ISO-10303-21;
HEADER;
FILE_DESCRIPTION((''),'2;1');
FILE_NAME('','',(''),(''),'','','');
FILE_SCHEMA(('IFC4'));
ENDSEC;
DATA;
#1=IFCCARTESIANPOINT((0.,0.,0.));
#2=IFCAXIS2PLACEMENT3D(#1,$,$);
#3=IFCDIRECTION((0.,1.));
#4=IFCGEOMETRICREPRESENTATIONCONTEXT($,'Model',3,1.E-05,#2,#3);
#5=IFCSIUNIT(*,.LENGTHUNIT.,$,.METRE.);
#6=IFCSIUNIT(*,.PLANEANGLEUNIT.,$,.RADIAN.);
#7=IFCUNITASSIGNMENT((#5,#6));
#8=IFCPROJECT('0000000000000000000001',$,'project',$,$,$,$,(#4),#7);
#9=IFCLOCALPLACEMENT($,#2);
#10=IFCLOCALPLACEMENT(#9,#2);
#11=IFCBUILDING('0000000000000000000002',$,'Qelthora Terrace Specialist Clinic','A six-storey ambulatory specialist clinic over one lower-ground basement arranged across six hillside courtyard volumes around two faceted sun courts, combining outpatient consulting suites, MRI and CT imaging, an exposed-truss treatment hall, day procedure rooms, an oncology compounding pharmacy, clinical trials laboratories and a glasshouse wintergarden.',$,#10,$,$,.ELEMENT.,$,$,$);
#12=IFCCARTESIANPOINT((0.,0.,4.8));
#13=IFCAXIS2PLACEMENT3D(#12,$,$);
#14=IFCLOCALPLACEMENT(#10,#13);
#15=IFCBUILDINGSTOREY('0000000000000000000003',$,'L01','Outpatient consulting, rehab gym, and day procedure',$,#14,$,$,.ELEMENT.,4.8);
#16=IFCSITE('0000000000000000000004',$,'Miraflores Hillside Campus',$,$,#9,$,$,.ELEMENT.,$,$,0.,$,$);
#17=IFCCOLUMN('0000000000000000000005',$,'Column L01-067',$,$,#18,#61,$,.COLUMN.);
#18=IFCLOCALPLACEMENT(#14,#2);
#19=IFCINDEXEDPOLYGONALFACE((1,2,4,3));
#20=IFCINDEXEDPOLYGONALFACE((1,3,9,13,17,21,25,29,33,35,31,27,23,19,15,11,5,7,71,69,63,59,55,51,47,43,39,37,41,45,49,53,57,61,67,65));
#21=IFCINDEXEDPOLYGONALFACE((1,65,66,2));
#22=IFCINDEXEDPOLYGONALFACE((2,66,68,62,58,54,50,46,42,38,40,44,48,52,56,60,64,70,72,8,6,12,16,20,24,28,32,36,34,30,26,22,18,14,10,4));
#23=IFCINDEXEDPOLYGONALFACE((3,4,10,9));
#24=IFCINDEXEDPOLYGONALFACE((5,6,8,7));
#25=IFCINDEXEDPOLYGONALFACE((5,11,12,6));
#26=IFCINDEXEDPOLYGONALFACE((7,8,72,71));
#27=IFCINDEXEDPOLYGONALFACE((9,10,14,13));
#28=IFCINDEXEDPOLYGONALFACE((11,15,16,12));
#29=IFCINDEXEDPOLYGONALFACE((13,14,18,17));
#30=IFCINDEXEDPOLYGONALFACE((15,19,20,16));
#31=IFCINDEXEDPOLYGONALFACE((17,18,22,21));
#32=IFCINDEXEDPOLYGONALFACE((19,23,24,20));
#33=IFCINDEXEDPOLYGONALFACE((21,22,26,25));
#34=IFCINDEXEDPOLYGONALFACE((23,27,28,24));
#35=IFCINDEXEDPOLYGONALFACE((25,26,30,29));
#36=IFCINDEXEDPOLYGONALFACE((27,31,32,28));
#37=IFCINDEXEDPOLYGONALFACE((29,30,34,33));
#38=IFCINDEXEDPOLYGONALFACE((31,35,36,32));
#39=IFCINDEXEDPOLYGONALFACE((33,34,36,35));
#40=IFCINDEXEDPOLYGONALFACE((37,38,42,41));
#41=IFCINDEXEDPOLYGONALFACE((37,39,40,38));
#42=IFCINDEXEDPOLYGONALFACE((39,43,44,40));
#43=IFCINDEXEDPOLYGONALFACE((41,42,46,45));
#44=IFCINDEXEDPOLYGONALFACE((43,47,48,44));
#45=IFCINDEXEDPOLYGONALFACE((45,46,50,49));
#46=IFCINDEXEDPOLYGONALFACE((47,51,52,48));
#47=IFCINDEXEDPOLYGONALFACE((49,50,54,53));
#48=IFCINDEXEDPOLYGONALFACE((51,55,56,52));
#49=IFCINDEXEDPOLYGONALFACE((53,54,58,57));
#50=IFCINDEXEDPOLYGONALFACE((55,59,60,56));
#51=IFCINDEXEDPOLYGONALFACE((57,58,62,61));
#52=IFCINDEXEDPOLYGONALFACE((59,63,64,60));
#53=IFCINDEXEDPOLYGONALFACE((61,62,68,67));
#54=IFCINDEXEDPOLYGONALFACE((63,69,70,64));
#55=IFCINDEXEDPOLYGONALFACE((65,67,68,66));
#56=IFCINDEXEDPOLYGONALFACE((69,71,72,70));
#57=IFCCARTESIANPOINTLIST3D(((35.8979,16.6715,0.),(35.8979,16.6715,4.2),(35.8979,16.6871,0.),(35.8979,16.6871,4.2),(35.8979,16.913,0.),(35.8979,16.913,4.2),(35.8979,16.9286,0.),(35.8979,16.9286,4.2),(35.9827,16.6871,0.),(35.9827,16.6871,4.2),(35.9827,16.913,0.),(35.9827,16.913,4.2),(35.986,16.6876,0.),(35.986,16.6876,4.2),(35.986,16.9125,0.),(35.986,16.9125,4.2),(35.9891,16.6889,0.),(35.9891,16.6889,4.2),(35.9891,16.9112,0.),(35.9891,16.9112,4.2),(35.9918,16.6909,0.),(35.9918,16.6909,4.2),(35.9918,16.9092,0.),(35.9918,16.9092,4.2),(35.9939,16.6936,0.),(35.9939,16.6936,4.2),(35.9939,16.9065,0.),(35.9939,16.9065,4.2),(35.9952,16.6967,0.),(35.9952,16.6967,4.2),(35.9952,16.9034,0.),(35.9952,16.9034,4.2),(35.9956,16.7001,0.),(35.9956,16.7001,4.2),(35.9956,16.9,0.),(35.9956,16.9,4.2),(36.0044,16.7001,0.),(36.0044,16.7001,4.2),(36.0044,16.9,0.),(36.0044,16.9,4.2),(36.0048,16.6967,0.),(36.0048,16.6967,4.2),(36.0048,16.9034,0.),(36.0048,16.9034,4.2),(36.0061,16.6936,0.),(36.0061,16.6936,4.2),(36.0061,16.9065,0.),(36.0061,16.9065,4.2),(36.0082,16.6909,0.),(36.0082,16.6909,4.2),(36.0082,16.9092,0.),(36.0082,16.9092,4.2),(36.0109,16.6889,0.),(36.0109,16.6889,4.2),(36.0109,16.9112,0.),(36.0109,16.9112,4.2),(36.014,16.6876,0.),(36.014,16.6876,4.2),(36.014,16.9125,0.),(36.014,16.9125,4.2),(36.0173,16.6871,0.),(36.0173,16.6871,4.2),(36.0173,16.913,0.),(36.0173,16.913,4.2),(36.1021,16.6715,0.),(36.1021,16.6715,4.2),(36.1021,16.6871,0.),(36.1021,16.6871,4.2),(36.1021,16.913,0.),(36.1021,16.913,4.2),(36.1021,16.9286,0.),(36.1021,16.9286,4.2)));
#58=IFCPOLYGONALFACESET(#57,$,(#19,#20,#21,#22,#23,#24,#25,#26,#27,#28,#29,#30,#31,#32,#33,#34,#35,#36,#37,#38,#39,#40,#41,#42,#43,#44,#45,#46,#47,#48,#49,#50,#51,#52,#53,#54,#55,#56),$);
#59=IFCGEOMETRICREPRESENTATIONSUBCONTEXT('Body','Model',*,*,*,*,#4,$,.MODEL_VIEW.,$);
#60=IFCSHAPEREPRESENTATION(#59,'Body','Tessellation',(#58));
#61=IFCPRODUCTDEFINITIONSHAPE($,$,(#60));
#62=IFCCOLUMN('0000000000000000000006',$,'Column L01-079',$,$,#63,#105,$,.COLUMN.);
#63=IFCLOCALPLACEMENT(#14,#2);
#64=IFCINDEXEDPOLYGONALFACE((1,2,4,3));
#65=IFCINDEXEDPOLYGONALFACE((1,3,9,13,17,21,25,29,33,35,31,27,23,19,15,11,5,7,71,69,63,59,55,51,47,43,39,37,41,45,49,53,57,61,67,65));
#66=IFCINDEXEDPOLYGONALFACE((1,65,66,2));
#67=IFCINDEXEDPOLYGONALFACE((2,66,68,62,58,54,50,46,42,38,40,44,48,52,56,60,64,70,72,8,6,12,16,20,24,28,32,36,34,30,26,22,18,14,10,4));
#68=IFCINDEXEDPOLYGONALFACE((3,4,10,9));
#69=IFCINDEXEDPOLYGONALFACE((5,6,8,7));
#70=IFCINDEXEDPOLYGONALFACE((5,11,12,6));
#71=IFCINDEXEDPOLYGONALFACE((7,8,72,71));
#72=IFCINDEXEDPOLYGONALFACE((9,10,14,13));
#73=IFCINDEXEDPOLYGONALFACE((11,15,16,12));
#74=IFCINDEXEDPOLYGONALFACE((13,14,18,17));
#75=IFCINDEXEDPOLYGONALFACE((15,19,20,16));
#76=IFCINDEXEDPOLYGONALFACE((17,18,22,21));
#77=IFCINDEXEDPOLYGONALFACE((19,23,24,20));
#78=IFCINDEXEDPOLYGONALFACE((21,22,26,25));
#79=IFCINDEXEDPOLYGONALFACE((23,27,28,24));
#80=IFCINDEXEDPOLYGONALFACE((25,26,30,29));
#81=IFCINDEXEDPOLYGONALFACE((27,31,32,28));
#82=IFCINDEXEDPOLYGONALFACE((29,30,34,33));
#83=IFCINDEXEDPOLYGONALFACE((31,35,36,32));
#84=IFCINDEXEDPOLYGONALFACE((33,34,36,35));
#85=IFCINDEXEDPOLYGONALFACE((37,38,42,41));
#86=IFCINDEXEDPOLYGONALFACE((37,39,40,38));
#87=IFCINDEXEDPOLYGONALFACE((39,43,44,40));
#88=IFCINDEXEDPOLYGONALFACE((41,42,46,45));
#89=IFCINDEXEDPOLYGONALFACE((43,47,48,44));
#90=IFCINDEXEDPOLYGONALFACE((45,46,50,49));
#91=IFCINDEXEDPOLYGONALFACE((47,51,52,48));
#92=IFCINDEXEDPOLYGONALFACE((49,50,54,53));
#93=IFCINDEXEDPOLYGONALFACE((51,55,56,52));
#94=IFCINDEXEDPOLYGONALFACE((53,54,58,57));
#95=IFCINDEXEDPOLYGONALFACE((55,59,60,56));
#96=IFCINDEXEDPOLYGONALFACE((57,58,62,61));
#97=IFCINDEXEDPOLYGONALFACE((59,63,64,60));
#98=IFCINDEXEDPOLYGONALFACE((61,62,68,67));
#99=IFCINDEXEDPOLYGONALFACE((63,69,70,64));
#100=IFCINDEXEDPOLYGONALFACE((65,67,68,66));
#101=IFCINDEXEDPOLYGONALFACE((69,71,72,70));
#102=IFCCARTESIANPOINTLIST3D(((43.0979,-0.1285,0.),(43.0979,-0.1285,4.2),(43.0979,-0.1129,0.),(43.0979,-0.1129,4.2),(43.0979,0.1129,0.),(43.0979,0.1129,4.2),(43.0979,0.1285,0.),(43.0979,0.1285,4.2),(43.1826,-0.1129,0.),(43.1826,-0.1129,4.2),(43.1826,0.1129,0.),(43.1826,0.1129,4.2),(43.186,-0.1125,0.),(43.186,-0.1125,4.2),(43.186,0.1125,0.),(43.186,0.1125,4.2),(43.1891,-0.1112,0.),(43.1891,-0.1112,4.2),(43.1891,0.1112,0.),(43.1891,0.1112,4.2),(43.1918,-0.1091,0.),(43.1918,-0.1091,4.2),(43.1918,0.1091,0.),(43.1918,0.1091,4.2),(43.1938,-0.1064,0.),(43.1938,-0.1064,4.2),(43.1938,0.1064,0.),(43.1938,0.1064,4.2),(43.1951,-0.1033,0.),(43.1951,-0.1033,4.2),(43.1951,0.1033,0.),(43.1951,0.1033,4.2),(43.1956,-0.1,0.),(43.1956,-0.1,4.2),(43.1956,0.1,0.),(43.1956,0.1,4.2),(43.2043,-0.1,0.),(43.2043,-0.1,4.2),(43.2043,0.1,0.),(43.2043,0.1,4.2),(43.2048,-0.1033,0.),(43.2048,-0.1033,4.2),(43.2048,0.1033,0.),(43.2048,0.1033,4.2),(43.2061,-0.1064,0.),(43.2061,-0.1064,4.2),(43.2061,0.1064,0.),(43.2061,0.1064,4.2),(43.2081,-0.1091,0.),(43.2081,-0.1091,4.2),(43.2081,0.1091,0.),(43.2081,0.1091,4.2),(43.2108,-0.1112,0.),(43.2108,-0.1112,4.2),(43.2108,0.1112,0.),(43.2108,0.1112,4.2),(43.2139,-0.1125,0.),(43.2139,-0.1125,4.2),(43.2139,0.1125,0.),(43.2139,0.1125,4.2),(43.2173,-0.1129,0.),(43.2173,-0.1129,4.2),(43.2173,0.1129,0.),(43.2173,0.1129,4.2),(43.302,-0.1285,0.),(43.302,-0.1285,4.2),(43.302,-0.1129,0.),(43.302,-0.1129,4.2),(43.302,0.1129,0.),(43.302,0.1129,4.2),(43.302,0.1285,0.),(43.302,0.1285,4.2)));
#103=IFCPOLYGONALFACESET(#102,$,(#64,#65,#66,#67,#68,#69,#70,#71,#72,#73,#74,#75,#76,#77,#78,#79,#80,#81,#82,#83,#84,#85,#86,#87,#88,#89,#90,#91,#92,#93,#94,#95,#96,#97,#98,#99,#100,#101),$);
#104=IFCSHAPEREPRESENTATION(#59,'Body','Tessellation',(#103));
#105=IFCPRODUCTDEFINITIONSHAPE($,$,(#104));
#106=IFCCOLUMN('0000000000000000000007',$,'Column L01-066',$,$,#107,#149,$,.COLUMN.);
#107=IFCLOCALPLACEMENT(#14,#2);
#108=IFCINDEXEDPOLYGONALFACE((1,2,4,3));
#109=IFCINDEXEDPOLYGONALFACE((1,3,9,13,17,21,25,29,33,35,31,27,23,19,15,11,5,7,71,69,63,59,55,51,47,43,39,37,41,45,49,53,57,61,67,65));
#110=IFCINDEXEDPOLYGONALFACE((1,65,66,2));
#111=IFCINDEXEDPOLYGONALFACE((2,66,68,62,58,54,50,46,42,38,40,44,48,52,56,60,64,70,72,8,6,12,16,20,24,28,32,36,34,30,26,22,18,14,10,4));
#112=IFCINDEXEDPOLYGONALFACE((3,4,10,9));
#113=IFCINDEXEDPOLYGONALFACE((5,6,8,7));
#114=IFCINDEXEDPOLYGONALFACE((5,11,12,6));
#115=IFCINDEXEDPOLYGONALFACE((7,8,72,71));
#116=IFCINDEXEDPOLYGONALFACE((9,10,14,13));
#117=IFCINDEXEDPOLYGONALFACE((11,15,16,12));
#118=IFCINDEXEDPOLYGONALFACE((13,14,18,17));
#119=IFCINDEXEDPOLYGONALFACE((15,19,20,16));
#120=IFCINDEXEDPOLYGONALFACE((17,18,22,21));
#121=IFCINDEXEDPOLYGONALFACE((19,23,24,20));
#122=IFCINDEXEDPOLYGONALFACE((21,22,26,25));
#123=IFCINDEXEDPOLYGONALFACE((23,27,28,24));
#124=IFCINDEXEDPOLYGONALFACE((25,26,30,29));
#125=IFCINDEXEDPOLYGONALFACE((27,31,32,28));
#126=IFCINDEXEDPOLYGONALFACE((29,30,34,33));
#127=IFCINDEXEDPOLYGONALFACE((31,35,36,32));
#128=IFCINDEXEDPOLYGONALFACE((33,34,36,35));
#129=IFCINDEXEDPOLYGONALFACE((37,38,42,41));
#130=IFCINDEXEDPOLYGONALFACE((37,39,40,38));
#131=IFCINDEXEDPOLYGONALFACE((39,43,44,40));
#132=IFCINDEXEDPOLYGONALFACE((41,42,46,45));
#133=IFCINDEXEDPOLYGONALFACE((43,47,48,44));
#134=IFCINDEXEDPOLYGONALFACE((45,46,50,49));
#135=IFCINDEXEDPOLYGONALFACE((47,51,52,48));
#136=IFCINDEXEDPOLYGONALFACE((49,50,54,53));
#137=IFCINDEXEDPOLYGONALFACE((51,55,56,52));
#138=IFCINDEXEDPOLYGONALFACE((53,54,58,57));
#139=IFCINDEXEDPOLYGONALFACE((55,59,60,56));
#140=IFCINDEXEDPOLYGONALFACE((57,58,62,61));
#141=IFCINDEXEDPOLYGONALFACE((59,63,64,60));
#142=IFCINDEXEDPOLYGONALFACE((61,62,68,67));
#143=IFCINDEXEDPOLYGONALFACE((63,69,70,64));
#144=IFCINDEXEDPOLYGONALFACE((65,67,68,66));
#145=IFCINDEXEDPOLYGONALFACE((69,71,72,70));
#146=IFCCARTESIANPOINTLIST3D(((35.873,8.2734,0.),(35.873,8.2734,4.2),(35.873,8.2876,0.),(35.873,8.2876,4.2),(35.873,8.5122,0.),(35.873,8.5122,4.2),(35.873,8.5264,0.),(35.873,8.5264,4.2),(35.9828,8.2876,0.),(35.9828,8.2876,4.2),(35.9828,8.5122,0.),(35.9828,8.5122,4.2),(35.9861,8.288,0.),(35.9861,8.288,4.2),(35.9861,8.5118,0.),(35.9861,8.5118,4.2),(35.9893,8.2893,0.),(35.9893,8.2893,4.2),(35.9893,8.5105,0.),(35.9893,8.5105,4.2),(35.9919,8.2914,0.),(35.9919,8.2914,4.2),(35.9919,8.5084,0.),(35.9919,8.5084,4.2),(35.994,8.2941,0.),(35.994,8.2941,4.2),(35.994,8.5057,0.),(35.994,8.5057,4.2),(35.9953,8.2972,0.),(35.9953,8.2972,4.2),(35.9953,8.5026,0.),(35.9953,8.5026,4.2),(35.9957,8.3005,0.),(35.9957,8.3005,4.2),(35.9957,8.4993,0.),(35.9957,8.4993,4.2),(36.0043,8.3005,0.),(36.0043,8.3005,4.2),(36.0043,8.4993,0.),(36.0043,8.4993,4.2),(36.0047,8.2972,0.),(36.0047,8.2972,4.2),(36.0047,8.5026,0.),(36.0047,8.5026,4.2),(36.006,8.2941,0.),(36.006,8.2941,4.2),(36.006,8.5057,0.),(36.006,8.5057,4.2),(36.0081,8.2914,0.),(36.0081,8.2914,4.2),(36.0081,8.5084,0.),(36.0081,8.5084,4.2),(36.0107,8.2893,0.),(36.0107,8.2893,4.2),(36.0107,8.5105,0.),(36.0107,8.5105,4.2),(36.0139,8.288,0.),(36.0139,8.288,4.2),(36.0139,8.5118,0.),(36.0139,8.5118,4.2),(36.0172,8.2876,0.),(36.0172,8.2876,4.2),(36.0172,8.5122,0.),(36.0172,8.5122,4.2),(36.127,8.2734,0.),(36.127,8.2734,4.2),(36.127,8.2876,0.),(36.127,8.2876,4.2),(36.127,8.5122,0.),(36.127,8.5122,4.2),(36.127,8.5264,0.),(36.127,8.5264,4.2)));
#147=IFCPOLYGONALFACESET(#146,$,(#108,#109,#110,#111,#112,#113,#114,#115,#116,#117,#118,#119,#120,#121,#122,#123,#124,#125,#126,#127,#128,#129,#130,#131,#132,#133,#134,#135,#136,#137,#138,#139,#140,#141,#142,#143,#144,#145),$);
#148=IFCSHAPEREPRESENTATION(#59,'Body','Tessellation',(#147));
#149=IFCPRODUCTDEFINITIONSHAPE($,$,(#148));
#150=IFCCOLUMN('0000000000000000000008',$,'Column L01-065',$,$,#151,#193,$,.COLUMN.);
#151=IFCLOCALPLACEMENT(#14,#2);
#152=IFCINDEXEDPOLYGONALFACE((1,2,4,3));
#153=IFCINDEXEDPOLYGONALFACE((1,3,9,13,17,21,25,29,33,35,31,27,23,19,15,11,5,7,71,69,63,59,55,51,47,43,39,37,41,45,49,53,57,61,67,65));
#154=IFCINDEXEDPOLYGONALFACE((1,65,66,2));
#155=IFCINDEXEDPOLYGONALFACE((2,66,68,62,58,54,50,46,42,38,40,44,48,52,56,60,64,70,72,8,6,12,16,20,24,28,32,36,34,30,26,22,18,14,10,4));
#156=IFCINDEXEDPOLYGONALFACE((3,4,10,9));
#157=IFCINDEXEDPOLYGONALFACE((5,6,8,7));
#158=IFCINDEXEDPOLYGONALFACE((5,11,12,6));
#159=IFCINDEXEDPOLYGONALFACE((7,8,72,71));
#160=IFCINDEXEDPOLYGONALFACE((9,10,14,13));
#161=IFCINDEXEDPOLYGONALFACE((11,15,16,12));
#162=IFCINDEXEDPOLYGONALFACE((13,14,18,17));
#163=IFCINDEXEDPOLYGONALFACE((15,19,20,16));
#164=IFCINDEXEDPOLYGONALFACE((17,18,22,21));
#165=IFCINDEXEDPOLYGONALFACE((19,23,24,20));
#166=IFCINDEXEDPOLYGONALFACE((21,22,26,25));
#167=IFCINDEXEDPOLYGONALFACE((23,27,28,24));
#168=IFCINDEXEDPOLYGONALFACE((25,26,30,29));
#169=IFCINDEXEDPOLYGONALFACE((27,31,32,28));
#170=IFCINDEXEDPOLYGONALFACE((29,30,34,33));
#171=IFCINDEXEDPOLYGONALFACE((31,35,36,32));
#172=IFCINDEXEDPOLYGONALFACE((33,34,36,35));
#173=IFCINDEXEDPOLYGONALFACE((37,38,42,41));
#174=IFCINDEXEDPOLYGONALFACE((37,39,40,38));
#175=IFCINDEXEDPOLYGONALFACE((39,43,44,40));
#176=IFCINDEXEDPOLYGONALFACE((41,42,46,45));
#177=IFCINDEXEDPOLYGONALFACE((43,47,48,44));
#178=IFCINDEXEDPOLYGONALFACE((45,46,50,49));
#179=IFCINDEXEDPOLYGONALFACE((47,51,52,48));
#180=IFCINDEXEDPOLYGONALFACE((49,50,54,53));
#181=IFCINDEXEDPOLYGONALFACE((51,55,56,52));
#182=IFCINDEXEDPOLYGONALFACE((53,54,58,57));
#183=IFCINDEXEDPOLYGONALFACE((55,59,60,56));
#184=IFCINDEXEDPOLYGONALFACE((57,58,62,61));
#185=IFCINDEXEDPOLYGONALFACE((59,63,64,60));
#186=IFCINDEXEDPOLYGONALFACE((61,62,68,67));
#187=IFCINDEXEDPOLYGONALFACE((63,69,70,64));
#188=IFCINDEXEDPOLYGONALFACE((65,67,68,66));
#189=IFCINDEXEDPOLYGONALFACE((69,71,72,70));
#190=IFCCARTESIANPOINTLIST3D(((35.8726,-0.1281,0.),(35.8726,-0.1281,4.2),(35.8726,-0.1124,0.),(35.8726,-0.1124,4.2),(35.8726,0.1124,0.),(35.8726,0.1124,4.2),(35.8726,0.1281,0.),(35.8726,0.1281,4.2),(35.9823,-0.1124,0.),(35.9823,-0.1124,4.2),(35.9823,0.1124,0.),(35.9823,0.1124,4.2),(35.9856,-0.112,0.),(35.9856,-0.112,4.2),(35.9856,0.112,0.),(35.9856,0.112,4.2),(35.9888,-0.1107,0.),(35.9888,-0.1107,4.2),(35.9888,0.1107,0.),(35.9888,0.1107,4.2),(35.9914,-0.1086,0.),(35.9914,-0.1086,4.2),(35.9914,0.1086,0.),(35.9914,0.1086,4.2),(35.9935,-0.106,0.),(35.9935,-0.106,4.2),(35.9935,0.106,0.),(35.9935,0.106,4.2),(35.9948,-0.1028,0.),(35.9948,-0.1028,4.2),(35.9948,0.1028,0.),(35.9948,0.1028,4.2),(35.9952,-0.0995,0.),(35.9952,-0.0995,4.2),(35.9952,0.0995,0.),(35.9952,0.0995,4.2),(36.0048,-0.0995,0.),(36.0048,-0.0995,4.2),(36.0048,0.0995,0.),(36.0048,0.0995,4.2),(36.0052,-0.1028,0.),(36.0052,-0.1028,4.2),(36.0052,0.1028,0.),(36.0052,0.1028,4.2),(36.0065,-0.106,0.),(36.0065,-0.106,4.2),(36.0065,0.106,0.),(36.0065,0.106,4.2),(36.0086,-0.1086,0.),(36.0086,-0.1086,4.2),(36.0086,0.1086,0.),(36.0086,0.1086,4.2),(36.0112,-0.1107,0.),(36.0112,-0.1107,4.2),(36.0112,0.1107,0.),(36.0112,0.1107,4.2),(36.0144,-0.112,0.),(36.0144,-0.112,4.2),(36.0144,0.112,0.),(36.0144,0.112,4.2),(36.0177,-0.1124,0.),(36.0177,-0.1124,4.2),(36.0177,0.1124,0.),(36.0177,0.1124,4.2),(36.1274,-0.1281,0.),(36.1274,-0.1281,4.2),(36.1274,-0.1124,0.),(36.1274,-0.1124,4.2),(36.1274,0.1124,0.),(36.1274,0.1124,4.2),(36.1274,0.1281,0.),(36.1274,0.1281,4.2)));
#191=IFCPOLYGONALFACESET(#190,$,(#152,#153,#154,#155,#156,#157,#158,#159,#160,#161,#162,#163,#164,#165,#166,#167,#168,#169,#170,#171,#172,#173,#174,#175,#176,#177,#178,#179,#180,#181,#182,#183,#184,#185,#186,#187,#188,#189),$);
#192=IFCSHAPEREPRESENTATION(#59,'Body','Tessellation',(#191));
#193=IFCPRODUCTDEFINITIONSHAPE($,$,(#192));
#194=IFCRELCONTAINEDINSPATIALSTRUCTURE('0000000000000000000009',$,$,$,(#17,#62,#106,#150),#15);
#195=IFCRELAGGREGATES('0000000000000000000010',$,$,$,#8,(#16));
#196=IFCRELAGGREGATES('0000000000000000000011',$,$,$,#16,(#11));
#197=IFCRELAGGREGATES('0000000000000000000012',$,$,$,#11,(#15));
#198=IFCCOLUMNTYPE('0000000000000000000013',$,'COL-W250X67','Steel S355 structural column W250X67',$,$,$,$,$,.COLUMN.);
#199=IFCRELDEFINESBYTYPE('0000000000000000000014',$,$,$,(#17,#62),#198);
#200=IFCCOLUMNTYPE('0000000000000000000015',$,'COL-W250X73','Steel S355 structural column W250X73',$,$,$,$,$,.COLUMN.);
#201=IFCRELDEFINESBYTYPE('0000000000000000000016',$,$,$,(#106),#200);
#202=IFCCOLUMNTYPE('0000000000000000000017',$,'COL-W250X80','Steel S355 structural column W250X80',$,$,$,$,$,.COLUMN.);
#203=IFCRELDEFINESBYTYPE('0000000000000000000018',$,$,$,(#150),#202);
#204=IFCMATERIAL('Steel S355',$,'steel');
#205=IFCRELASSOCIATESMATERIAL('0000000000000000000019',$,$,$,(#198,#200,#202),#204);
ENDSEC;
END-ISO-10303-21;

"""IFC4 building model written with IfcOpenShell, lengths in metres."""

from ifc_helpers import new_model, si_unit, direction, frame, origin, origin_2d, place, context, subcontext, project, spatial, i_section, extrude, material, material_profile, profile_set, type_object, element, save


model = new_model("IFC4")

# Units and contexts
model_context = context("Model", 3, precision=1e-05, world=origin(), true_north=direction((0.0, 1.0)))
body_context = subcontext(model_context, "Body", "Model", "MODEL_VIEW")
ifc_project = project(units=[si_unit("LENGTHUNIT", "METRE"), si_unit("PLANEANGLEUNIT", "RADIAN")], contexts=[model_context])

# Site, building, storey
site_placement = place(None, origin())
site = spatial("IfcSite", under=ifc_project, at=site_placement, Name="Miraflores Hillside Campus", CompositionType="ELEMENT", RefElevation=0.0)
building_placement = place(site_placement, origin())
building = spatial("IfcBuilding", under=site, at=building_placement, Name="Qelthora Terrace Specialist Clinic", Description="A six-storey ambulatory specialist clinic over one lower-ground basement arranged across six hillside courtyard volumes around two faceted sun courts, combining outpatient consulting suites, MRI and CT imaging, an exposed-truss treatment hall, day procedure rooms, an oncology compounding pharmacy, clinical trials laboratories and a glasshouse wintergarden.", CompositionType="ELEMENT")
storey_placement = place(building_placement, frame((0.0, 0.0, 4.8)))
storey = spatial("IfcBuildingStorey", under=building, at=storey_placement, Name="L01", Description="Outpatient consulting, rehab gym, and day procedure", CompositionType="ELEMENT", Elevation=4.8)

# Columns
ifc_material_1 = material(Name="Steel S355", Category="steel")
ifc_material_profile_1 = material_profile(ifc_material_1, i_section(OverallWidth=0.2041, OverallDepth=0.2571, WebThickness=0.0088, FlangeThickness=0.0156, FilletRadius=0.0129, at=origin_2d()), Name="W250X67")
ifc_profile_set_1 = profile_set([ifc_material_profile_1], Name="Steel S355")
column_type_1 = type_object("IfcColumnType", Name="COL-W250X67", Description="Steel S355 structural column W250X67", PredefinedType="COLUMN", material=ifc_profile_set_1)
for number, where, z_axis, x_axis, name in (
    (1, (36.0, 16.8, 0.0), (0.0, 0.0, 1.0), (1.0, 0.0, 0.0), "Column L01-067"),
    (2, (43.2, 0.0, 0.0), (0.0, 0.0, 1.0), (1.0, 0.0, 0.0), "Column L01-079"),
):
    element("IfcColumn", number, at=place(storey_placement, frame(where, z_axis=z_axis, x_axis=x_axis)), inside=storey, type_object=column_type_1, Name=name, PredefinedType="COLUMN", context=body_context, shape_type="SweptSolid", body=[
        extrude(i_section(OverallWidth=0.2041, OverallDepth=0.2571, WebThickness=0.0088, FlangeThickness=0.0156, FilletRadius=0.0129, at=origin_2d()), origin(), (0.0, 0.0, 1.0), 4.2),
    ])
ifc_material_profile_2 = material_profile(ifc_material_1, i_section(OverallWidth=0.2539, OverallDepth=0.2529, WebThickness=0.0085, FlangeThickness=0.0142, FilletRadius=0.0129, at=origin_2d()), Name="W250X73")
ifc_profile_set_2 = profile_set([ifc_material_profile_2], Name="Steel S355")
column_type_2 = type_object("IfcColumnType", Name="COL-W250X73", Description="Steel S355 structural column W250X73", PredefinedType="COLUMN", material=ifc_profile_set_2)
column_1_placement = place(storey_placement, frame((36.0, 8.3999, 0.0), z_axis=(0.0, 0.0, 1.0), x_axis=(1.0, 0.0, 0.0)))
element("IfcColumn", 3, at=column_1_placement, inside=storey, type_object=column_type_2, Name="Column L01-066", PredefinedType="COLUMN", context=body_context, shape_type="SweptSolid", body=[
    extrude(i_section(OverallWidth=0.2539, OverallDepth=0.2529, WebThickness=0.0085, FlangeThickness=0.0142, FilletRadius=0.0129, at=origin_2d()), origin(), (0.0, 0.0, 1.0), 4.2),
])
ifc_material_profile_3 = material_profile(ifc_material_1, i_section(OverallWidth=0.2549, OverallDepth=0.2561, WebThickness=0.0095, FlangeThickness=0.0156, FilletRadius=0.0129, at=origin_2d()), Name="W250X80")
ifc_profile_set_3 = profile_set([ifc_material_profile_3], Name="Steel S355")
column_type_3 = type_object("IfcColumnType", Name="COL-W250X80", Description="Steel S355 structural column W250X80", PredefinedType="COLUMN", material=ifc_profile_set_3)
column_2_placement = place(storey_placement, frame((36.0, 0.0, 0.0), z_axis=(0.0, 0.0, 1.0), x_axis=(1.0, 0.0, 0.0)))
element("IfcColumn", 4, at=column_2_placement, inside=storey, type_object=column_type_3, Name="Column L01-065", PredefinedType="COLUMN", context=body_context, shape_type="SweptSolid", body=[
    extrude(i_section(OverallWidth=0.2549, OverallDepth=0.2561, WebThickness=0.0095, FlangeThickness=0.0156, FilletRadius=0.0129, at=origin_2d()), origin(), (0.0, 0.0, 1.0), 4.2),
])

save(model, "model.ifc")
